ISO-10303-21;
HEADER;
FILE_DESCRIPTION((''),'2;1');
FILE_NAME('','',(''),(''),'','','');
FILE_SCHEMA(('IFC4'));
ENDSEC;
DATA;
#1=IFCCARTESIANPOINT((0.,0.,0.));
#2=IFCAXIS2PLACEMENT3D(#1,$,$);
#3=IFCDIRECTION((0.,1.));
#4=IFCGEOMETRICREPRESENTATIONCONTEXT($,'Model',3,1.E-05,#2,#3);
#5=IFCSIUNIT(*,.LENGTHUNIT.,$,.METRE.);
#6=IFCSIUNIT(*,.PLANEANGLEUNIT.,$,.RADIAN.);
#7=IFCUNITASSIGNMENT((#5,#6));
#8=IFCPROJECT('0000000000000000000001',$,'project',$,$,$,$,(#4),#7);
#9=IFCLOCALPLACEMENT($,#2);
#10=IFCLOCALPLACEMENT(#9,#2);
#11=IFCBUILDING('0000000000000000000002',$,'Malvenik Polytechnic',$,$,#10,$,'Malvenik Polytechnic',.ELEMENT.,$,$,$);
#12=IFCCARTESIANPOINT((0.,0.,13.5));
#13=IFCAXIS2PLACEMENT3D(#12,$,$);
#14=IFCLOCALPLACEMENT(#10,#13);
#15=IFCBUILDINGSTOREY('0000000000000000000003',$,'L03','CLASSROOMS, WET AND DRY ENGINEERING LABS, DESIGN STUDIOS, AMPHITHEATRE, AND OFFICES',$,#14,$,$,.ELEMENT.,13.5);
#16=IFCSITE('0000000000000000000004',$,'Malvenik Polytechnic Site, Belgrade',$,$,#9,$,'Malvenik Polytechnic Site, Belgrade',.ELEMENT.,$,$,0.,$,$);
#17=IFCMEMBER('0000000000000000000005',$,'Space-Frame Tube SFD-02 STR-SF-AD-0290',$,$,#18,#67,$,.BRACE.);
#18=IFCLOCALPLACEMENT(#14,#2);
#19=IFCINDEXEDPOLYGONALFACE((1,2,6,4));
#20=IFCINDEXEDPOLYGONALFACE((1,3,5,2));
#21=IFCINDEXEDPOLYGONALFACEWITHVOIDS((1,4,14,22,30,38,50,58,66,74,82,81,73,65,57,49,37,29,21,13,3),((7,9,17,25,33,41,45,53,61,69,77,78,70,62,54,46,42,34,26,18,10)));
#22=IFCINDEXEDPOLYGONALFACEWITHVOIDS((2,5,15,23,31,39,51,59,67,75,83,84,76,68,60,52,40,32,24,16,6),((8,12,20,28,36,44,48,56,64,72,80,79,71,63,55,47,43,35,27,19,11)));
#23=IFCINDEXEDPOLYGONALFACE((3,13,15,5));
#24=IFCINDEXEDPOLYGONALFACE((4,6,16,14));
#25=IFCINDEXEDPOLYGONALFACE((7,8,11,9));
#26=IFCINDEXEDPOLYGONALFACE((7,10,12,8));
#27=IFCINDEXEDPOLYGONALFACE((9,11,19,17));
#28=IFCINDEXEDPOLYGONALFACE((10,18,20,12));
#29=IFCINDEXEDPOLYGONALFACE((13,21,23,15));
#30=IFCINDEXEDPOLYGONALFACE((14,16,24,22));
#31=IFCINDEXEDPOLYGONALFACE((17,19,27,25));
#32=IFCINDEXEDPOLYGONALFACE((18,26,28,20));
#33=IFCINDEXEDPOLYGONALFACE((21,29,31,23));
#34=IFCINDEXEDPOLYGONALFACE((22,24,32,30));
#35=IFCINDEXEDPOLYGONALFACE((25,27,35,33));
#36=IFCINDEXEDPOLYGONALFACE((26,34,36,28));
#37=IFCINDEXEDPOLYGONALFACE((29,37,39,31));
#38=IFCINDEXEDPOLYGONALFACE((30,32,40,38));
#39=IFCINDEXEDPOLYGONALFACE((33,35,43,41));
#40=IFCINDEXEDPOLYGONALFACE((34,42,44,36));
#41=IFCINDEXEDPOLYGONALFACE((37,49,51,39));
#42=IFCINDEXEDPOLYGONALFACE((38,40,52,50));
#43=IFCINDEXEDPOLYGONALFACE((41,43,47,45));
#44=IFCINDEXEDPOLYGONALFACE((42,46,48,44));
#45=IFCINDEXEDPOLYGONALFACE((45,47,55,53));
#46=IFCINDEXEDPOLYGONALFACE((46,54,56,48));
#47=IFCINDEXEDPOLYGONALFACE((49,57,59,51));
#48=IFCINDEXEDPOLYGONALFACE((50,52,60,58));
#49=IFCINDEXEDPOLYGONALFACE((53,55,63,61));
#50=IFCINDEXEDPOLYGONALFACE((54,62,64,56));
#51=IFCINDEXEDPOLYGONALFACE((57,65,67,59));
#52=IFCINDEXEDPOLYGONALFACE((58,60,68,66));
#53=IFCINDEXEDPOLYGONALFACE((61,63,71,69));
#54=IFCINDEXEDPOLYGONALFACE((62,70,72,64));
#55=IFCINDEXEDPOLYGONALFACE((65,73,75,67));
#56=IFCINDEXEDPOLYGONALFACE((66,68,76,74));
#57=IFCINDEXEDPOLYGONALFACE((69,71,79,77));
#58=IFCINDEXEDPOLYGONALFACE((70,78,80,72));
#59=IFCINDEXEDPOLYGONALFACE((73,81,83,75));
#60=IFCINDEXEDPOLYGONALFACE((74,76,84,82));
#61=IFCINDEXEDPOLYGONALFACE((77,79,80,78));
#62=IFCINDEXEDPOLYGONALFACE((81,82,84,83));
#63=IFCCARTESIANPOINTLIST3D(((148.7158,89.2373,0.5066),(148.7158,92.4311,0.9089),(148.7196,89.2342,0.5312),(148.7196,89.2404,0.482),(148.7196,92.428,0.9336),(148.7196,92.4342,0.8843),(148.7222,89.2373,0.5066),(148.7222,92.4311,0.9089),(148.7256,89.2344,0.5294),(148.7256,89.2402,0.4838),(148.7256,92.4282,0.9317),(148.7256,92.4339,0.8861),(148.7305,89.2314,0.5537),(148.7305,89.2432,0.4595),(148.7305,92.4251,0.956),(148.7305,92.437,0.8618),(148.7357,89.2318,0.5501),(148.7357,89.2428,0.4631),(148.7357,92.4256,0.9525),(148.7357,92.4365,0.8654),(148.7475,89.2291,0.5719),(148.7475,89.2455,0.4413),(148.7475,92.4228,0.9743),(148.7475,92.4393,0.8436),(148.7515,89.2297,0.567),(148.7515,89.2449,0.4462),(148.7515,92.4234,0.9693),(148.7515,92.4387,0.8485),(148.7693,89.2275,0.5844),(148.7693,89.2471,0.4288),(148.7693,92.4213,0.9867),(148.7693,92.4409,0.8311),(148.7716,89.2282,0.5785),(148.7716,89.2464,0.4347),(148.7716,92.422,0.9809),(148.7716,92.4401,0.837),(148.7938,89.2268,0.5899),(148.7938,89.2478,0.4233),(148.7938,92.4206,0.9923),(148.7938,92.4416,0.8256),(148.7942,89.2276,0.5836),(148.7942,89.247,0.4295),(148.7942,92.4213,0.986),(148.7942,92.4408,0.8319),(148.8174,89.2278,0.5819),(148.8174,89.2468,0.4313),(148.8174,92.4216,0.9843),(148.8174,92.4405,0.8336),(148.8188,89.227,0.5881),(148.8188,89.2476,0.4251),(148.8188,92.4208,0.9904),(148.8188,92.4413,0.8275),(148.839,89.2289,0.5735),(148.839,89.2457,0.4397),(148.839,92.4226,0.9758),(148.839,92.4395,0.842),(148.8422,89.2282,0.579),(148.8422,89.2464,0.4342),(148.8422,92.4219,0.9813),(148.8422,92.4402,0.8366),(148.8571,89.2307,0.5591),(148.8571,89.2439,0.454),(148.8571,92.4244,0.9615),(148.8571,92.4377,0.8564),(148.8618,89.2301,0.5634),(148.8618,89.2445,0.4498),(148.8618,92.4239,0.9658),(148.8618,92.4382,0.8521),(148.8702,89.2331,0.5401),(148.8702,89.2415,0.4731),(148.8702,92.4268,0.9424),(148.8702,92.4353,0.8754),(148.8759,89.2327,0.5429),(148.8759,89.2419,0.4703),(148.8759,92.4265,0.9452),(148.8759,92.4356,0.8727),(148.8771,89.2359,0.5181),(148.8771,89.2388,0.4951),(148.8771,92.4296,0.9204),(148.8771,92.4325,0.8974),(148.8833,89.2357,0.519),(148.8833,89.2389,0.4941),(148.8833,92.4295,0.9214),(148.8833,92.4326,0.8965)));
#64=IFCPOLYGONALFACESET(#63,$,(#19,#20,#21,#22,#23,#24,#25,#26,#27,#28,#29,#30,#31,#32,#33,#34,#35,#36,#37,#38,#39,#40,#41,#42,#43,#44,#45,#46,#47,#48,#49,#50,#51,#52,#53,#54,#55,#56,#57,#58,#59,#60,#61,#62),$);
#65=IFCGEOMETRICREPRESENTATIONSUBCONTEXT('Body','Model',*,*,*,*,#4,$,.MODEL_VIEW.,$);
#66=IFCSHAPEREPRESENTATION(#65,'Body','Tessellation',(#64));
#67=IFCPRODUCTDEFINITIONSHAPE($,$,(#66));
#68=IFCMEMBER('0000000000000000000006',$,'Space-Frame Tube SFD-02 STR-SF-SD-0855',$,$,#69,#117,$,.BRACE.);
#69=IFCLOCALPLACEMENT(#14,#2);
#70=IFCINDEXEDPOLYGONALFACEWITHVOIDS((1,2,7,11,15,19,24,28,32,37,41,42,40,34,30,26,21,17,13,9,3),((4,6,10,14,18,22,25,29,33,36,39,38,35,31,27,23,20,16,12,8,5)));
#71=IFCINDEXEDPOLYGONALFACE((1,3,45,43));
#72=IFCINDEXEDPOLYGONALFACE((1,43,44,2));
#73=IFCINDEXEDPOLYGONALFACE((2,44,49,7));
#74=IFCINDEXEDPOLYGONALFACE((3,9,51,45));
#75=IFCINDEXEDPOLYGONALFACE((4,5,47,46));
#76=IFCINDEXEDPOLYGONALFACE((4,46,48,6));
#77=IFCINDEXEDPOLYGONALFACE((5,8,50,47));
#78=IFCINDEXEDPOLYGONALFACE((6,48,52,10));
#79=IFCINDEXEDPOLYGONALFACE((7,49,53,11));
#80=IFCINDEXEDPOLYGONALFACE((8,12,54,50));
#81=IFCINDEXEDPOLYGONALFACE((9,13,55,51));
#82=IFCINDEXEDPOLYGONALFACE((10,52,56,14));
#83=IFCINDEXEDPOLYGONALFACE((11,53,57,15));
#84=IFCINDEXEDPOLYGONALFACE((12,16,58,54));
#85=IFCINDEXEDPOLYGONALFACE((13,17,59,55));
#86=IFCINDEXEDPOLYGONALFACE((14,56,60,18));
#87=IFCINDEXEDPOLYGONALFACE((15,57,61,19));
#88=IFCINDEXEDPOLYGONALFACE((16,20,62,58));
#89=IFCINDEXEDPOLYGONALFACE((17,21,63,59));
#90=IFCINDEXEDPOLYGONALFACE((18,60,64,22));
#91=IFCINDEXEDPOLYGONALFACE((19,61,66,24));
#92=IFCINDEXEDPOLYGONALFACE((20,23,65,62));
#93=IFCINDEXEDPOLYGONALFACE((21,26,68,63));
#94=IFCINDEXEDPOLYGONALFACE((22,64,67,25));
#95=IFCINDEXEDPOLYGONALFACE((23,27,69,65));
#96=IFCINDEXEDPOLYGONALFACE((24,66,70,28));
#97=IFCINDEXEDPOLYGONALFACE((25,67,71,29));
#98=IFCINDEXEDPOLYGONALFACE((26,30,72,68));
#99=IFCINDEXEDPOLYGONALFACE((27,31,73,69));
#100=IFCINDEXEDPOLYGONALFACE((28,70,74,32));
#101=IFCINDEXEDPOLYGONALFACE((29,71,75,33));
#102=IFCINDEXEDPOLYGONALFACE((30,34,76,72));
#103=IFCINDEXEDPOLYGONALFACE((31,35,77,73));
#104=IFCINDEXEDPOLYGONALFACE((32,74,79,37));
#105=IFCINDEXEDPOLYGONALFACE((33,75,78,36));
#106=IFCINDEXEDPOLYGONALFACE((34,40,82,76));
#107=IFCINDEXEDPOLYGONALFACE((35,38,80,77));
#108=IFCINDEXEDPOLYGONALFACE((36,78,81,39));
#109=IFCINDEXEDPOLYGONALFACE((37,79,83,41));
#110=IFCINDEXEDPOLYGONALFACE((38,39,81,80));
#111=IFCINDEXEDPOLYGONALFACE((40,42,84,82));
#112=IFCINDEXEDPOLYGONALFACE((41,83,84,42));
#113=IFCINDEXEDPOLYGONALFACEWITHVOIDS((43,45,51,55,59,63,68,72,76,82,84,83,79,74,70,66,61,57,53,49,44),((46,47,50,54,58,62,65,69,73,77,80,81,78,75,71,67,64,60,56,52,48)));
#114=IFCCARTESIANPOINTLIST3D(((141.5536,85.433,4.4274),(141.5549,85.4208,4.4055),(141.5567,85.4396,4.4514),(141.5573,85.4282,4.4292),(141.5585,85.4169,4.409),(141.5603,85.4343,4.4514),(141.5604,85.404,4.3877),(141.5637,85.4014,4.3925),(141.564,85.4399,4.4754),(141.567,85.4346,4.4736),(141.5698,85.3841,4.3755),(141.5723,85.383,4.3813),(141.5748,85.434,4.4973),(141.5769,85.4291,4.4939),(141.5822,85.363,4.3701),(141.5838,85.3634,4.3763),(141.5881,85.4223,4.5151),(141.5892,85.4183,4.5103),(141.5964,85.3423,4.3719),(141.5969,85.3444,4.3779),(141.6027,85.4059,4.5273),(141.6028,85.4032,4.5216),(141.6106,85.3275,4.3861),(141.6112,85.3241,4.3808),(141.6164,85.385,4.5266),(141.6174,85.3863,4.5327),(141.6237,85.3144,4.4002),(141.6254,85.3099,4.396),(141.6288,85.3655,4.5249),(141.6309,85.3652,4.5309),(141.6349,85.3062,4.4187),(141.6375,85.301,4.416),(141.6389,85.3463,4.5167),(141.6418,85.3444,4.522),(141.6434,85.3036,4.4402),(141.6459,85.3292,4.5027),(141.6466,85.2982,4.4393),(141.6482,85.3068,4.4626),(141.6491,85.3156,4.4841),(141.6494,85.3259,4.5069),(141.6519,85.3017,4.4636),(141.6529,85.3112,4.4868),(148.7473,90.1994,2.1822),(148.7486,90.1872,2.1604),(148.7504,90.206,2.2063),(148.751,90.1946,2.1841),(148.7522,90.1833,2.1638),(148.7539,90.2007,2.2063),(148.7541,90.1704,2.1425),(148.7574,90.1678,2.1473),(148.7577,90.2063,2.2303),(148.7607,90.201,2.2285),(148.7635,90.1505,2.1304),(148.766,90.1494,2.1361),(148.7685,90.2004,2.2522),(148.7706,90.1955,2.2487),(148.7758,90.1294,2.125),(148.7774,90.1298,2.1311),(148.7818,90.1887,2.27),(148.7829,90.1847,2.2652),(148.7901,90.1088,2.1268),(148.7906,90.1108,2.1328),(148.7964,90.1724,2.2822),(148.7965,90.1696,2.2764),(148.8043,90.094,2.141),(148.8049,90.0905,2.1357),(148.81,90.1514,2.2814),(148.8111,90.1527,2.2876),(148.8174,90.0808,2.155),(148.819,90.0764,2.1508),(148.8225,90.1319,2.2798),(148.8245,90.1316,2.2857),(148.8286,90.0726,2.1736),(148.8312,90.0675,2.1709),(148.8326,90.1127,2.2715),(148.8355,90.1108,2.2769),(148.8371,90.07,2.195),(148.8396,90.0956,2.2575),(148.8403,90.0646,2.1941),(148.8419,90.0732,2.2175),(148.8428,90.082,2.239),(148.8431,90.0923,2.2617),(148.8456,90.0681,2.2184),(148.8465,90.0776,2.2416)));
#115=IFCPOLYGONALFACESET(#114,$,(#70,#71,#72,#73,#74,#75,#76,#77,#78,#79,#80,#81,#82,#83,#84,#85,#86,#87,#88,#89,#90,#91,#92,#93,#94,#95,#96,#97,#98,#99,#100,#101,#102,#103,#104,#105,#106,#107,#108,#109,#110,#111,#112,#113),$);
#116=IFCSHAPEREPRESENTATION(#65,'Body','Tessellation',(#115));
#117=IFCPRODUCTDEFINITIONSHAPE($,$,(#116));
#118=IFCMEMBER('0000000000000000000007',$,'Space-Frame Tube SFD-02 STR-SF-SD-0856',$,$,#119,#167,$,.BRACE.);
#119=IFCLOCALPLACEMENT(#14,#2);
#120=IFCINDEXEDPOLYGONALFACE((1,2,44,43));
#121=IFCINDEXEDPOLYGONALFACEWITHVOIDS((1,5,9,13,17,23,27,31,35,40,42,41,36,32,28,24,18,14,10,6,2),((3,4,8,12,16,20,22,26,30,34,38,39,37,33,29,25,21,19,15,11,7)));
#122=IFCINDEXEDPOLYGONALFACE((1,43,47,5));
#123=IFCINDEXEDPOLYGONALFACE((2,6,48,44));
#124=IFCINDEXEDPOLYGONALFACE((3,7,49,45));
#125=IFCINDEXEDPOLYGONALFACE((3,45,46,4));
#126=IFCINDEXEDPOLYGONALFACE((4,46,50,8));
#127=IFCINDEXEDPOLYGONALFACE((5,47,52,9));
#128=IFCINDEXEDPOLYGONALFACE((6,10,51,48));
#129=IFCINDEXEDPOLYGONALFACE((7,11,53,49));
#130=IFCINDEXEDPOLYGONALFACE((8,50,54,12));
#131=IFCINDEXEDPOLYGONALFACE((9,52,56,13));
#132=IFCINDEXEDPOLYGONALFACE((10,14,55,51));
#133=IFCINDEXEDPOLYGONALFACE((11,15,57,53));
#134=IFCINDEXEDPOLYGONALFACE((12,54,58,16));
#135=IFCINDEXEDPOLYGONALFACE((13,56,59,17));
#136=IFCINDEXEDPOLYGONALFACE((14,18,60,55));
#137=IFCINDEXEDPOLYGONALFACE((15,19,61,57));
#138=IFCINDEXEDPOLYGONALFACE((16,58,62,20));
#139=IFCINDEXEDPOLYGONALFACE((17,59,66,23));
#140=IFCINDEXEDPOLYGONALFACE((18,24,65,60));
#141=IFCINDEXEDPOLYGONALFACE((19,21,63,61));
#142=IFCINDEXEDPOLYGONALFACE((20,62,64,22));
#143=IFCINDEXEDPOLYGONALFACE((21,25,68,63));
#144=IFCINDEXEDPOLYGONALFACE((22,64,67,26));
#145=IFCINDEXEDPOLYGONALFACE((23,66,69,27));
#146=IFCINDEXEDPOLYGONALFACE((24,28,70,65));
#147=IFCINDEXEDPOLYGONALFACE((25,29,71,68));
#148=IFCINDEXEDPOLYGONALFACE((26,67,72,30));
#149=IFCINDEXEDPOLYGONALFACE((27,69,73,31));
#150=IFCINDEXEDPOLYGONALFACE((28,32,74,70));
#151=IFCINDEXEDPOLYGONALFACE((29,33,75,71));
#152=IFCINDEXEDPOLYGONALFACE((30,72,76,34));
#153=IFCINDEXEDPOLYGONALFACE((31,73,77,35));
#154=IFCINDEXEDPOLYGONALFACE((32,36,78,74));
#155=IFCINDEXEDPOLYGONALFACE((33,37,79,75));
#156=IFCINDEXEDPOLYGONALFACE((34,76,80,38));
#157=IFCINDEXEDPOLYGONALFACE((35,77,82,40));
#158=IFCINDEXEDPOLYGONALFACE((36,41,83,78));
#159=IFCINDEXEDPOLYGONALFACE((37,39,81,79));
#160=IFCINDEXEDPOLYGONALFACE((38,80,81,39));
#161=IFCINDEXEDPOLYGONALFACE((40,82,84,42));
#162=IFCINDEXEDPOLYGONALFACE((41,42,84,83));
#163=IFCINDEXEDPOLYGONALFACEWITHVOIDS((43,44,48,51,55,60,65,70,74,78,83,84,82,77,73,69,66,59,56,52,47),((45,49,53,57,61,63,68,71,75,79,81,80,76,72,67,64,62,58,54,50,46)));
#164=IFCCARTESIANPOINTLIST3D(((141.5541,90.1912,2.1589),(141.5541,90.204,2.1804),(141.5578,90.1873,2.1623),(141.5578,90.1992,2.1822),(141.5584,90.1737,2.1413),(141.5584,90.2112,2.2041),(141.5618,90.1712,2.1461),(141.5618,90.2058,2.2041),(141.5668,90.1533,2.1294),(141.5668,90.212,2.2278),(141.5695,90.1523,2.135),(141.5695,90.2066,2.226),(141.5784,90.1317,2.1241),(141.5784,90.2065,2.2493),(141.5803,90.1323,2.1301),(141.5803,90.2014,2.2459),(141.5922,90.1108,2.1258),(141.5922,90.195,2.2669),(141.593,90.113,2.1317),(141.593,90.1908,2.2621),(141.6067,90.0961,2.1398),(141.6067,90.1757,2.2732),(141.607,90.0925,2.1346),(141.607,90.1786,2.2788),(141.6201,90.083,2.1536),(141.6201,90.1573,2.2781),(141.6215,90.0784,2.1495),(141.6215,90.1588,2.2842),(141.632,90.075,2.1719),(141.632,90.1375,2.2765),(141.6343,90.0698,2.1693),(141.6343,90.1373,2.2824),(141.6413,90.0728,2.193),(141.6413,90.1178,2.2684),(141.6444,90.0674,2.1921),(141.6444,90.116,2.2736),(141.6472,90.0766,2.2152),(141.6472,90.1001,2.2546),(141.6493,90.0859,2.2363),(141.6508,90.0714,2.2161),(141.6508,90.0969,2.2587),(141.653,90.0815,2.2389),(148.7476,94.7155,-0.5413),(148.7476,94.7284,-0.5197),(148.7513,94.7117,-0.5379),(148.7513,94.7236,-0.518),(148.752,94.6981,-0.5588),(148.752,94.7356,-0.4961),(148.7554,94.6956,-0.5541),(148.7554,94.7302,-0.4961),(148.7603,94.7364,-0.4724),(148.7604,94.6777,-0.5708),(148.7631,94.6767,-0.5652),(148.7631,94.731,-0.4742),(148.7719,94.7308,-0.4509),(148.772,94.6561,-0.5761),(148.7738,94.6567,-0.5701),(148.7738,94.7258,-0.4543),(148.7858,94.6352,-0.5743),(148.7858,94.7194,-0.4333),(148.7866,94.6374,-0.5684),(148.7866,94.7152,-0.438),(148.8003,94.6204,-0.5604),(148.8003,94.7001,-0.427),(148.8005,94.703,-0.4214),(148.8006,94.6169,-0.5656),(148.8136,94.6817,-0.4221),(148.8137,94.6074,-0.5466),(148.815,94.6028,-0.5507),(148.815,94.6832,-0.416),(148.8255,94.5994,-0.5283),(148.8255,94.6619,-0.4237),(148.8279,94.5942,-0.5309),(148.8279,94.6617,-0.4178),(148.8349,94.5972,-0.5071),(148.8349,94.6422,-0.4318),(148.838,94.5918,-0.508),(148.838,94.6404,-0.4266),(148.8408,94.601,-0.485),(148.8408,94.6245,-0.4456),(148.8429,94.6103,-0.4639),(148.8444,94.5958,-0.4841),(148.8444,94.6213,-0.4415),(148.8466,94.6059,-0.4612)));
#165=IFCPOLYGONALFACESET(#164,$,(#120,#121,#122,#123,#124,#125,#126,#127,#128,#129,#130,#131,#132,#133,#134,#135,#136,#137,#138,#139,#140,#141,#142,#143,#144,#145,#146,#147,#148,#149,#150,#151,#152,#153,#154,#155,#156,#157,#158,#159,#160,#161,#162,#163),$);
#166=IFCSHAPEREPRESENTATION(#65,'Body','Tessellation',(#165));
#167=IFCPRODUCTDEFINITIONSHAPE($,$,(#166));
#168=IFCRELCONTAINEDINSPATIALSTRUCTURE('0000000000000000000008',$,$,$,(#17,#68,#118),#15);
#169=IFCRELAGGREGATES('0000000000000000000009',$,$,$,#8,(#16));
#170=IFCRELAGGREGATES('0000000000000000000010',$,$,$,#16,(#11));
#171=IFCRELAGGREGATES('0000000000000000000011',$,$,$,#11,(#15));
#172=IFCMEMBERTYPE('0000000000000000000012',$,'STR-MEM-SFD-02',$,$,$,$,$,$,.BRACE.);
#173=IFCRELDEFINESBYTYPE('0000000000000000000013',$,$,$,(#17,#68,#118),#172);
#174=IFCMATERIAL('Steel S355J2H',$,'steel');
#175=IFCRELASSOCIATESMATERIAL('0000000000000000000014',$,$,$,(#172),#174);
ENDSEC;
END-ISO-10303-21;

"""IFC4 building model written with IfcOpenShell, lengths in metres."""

from ifc_helpers import new_model, si_unit, direction, frame, origin, origin_2d, place, context, subcontext, project, spatial, hollow_circle, extrude, material, material_profile, profile_set, type_object, element, save


model = new_model("IFC4")

# Units and contexts
model_context = context("Model", 3, precision=1e-05, world=origin(), true_north=direction((0.0, 1.0)))
body_context = subcontext(model_context, "Body", "Model", "MODEL_VIEW")
ifc_project = project(units=[si_unit("LENGTHUNIT", "METRE"), si_unit("PLANEANGLEUNIT", "RADIAN")], contexts=[model_context])

# Site, building, storey
site_placement = place(None, origin())
site = spatial("IfcSite", under=ifc_project, at=site_placement, Name="Malvenik Polytechnic Site, Belgrade", LongName="Malvenik Polytechnic Site, Belgrade", CompositionType="ELEMENT", RefElevation=0.0)
building_placement = place(site_placement, origin())
building = spatial("IfcBuilding", under=site, at=building_placement, Name="Malvenik Polytechnic", LongName="Malvenik Polytechnic", CompositionType="ELEMENT")
storey_placement = place(building_placement, frame((0.0, 0.0, 13.5)))
storey = spatial("IfcBuildingStorey", under=building, at=storey_placement, Name="L03", Description="CLASSROOMS, WET AND DRY ENGINEERING LABS, DESIGN STUDIOS, AMPHITHEATRE, AND OFFICES", CompositionType="ELEMENT", Elevation=13.5)

# Members
ifc_material_1 = material(Name="Steel S355J2H", Category="steel")
ifc_material_profile_1 = material_profile(ifc_material_1, hollow_circle(Radius=0.0842, WallThickness=0.0063, at=origin_2d()), Name="CHS 168.3x6.3")
ifc_profile_set_1 = profile_set([ifc_material_profile_1], Name="Steel S355J2H")
member_type_1 = type_object("IfcMemberType", Name="STR-MEM-SFD-02", PredefinedType="BRACE", material=ifc_profile_set_1)
member_1_placement = place(storey_placement, frame((148.8, 89.2373, 0.5066), z_axis=(0.0, 0.992158, 0.124987), x_axis=(-1.0, 0.0, 0.0)))
element("IfcMember", 1, at=member_1_placement, inside=storey, type_object=member_type_1, Name="Space-Frame Tube SFD-02 STR-SF-AD-0290", PredefinedType="BRACE", context=body_context, shape_type="SweptSolid", body=[
    extrude(hollow_circle(Radius=0.0842, WallThickness=0.0063, at=origin_2d()), origin(), (0.0, 0.0, 1.0), 3.219),
])
for number, where, z_axis, x_axis, name in (
    (2, (141.6033, 85.3694, 4.4514), (0.806761, 0.534546, -0.251789), (-0.552341, 0.833618, 0.0), "Space-Frame Tube SFD-02 STR-SF-SD-0855"),
    (3, (141.6033, 90.1399, 2.2041), (0.806747, 0.507403, -0.302821), (-0.532401, 0.846492, 0.0), "Space-Frame Tube SFD-02 STR-SF-SD-0856"),
):
    element("IfcMember", number, at=place(storey_placement, frame(where, z_axis=z_axis, x_axis=x_axis)), inside=storey, type_object=member_type_1, Name=name, PredefinedType="BRACE", context=body_context, shape_type="SweptSolid", body=[
        extrude(hollow_circle(Radius=0.0842, WallThickness=0.0063, at=origin_2d()), origin(), (0.0, 0.0, 1.0), 8.9167),
    ])

save(model, "model.ifc")
